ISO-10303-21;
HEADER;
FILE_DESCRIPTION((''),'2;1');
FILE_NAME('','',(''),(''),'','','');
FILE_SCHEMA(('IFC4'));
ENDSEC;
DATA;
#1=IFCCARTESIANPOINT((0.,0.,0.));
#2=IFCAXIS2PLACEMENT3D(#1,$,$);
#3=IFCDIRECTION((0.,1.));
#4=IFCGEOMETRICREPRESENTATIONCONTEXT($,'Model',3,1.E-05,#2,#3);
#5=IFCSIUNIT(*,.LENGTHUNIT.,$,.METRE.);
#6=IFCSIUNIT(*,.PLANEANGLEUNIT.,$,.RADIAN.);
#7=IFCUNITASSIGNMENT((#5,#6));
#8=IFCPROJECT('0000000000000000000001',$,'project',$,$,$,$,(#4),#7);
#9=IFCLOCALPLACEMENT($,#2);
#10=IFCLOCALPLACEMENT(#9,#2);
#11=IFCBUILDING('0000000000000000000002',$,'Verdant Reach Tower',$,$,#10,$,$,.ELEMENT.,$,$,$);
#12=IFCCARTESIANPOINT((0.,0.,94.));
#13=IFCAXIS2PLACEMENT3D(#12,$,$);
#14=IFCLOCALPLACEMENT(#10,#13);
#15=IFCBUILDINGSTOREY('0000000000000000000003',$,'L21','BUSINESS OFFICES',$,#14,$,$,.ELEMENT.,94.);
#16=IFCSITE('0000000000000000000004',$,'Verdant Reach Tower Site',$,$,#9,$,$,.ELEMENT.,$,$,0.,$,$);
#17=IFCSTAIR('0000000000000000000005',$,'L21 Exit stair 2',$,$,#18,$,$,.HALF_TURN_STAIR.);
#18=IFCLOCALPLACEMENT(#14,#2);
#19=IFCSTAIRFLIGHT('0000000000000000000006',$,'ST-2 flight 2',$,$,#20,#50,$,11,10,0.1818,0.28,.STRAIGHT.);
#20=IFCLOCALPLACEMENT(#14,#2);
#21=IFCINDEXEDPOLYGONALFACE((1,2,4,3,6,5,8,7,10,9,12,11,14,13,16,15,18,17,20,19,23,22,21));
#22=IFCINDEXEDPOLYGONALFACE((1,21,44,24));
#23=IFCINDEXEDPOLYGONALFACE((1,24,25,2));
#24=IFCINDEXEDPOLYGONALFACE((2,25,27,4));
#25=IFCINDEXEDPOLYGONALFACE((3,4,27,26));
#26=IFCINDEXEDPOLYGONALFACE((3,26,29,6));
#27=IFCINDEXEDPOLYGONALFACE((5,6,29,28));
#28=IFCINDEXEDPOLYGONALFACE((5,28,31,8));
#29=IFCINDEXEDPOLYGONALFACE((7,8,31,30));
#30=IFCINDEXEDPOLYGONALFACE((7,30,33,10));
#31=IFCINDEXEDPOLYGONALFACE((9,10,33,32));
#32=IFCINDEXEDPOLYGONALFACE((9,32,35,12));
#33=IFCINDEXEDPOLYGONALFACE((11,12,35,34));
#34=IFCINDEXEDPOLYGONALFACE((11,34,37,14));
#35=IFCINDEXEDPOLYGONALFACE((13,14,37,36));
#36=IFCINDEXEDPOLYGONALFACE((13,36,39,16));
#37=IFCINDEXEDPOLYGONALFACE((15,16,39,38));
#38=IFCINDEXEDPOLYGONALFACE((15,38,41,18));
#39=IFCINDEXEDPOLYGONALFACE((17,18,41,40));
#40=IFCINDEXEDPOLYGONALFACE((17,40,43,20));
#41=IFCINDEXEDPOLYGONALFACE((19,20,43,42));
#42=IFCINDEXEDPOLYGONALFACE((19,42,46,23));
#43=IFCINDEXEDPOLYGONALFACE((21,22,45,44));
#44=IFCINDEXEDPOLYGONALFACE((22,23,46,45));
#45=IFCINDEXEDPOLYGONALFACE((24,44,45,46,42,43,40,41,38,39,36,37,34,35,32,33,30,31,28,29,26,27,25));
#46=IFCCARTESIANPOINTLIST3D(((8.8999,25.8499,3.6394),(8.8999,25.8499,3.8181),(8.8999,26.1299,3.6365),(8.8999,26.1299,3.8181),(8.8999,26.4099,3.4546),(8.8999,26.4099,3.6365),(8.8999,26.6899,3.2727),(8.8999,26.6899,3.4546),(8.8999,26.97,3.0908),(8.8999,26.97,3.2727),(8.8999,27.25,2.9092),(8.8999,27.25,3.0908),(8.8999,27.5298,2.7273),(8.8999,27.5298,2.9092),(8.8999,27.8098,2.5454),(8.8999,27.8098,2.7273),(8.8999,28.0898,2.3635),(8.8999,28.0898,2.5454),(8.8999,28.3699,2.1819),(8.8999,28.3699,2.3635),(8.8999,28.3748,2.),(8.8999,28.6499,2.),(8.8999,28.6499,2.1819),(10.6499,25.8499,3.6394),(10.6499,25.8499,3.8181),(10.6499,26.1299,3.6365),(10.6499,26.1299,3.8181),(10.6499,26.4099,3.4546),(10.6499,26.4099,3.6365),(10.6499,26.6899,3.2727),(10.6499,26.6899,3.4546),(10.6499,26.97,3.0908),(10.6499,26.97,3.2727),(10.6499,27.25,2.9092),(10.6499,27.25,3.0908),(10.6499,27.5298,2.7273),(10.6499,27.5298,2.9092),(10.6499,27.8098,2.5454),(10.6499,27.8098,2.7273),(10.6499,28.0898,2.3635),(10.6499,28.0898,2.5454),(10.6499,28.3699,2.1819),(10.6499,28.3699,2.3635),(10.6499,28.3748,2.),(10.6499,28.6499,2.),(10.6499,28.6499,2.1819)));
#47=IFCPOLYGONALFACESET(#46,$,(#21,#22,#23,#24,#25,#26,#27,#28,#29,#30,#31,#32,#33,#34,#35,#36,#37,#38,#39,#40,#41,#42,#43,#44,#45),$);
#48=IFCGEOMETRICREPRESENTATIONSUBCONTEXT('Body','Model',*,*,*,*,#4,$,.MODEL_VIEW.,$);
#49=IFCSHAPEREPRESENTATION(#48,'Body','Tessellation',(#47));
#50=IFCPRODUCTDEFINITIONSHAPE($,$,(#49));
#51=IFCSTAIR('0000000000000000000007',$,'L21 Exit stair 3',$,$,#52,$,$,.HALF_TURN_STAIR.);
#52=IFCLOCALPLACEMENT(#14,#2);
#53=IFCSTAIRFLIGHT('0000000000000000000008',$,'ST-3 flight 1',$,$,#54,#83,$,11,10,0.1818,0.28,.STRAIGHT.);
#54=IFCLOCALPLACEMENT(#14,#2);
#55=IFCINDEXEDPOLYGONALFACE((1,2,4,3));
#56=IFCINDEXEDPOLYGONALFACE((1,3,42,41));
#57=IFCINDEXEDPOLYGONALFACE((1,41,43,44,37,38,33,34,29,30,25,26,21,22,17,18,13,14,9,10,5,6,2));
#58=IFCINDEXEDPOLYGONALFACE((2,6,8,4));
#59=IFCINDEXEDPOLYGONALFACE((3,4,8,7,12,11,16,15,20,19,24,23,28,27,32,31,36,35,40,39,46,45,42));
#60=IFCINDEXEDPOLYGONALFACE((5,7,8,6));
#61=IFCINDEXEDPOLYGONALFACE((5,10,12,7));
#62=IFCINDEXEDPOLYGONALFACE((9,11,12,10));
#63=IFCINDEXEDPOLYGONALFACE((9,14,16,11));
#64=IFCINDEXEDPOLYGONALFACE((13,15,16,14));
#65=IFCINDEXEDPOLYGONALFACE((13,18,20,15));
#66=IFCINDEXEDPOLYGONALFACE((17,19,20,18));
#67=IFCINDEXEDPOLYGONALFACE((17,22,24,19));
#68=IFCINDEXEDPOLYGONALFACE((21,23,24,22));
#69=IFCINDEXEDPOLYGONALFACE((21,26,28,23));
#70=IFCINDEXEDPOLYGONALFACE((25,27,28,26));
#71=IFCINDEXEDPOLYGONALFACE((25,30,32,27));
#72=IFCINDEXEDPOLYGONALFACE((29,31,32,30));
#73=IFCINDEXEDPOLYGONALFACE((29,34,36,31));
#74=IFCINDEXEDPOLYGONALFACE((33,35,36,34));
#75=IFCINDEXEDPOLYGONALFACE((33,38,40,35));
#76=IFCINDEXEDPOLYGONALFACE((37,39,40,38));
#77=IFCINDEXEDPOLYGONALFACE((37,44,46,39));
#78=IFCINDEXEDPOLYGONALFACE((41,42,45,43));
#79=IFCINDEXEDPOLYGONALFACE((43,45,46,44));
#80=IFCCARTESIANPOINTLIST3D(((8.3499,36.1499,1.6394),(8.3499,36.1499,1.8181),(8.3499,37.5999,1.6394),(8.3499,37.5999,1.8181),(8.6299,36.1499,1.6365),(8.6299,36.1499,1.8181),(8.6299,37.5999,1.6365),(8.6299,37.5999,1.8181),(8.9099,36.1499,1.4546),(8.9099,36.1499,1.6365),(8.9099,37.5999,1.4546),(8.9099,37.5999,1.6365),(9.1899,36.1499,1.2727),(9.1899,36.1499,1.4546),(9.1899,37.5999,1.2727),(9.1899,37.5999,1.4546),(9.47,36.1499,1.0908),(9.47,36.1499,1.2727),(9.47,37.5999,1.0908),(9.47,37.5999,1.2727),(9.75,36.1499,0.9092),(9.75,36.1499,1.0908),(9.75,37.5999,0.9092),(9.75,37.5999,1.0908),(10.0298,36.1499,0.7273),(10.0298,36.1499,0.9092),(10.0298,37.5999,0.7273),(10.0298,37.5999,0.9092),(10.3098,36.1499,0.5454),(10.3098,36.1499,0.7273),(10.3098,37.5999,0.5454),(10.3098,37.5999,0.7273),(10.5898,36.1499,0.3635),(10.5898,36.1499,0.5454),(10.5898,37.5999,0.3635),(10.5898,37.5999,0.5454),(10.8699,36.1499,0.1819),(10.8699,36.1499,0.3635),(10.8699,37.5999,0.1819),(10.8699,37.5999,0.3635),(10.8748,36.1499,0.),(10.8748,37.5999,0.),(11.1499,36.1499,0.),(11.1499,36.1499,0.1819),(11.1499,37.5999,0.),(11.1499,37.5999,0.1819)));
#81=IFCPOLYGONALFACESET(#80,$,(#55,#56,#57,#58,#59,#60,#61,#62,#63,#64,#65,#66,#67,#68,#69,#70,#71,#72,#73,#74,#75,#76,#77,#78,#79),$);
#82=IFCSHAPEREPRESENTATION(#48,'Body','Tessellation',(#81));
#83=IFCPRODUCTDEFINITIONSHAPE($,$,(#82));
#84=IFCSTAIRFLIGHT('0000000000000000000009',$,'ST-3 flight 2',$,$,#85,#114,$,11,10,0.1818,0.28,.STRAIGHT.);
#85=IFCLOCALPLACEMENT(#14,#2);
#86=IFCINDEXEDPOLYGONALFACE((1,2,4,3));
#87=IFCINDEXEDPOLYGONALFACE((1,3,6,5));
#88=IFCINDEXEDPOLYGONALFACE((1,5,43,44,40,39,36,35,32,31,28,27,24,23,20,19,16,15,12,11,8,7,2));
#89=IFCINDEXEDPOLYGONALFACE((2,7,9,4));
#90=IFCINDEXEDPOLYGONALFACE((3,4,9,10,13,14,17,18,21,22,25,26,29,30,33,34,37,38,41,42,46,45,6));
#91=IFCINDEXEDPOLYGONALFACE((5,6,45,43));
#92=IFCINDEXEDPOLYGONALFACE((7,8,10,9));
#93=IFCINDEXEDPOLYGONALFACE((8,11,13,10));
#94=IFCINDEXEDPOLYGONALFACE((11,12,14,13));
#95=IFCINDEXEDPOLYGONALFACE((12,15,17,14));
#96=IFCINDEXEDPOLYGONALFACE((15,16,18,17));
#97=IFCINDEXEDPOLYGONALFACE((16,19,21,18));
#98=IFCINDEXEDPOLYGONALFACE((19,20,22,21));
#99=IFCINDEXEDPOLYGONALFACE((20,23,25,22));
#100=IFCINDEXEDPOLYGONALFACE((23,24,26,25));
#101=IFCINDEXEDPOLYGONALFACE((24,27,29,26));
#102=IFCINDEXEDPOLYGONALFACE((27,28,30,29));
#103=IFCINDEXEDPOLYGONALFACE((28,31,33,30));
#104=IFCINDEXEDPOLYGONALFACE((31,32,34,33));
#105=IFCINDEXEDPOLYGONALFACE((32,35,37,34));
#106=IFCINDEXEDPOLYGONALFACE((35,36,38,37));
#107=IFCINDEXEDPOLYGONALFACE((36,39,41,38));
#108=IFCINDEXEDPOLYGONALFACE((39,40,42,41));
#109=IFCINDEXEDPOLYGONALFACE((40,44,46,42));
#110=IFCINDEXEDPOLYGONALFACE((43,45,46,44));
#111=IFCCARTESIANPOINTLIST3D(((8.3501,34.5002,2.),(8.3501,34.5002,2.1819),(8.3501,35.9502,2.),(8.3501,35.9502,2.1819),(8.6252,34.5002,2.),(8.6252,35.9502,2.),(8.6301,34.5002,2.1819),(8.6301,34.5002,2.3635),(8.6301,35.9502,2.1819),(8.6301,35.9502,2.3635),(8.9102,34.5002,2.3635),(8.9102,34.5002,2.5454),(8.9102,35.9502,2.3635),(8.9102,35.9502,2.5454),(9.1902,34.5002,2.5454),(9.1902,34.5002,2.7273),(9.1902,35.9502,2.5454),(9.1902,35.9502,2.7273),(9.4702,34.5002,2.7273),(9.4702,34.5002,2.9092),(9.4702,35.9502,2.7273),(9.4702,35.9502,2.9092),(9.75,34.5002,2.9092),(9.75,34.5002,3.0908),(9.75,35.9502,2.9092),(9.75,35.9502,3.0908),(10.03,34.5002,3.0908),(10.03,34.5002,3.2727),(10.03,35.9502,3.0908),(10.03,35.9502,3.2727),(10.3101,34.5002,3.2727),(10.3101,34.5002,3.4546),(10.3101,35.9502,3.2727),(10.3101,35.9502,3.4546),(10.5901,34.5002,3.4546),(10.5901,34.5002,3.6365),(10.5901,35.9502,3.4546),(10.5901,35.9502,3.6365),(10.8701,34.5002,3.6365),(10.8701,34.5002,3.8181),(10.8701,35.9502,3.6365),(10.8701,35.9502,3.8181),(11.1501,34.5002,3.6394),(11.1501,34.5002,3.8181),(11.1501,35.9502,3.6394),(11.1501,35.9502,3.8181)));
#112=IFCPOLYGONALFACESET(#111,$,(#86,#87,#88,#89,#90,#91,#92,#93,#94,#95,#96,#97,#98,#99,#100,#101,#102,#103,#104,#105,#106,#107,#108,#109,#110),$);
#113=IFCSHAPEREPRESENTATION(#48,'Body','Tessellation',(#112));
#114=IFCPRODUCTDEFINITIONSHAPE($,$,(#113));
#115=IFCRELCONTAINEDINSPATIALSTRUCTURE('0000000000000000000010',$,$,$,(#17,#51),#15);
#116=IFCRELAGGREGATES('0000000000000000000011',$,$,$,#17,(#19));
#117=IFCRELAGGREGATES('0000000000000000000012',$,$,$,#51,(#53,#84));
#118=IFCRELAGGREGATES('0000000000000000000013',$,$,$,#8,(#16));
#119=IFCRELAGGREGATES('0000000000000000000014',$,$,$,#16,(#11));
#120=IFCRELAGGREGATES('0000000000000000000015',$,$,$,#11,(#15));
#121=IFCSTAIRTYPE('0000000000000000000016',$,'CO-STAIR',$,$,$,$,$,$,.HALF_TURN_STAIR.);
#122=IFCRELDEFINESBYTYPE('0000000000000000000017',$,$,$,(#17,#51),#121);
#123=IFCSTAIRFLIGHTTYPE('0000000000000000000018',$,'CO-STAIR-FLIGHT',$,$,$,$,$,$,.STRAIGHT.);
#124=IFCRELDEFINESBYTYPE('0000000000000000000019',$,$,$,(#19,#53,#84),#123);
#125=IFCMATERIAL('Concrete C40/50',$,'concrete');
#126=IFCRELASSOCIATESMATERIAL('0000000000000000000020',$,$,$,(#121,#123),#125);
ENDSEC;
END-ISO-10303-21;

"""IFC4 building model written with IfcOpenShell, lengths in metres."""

from ifc_helpers import new_model, si_unit, direction, frame, origin, place, context, subcontext, project, spatial, polyline, outline, extrude, material, type_object, element, aggregate, save


model = new_model("IFC4")

# Units and contexts
model_context = context("Model", 3, precision=1e-05, world=origin(), true_north=direction((0.0, 1.0)))
body_context = subcontext(model_context, "Body", "Model", "MODEL_VIEW")
ifc_project = project(units=[si_unit("LENGTHUNIT", "METRE"), si_unit("PLANEANGLEUNIT", "RADIAN")], contexts=[model_context])

# Site, building, storey
site_placement = place(None, origin())
site = spatial("IfcSite", under=ifc_project, at=site_placement, Name="Verdant Reach Tower Site", CompositionType="ELEMENT", RefElevation=0.0)
building_placement = place(site_placement, origin())
building = spatial("IfcBuilding", under=site, at=building_placement, Name="Verdant Reach Tower", CompositionType="ELEMENT")
storey_placement = place(building_placement, frame((0.0, 0.0, 94.0)))
storey = spatial("IfcBuildingStorey", under=building, at=storey_placement, Name="L21", Description="BUSINESS OFFICES", CompositionType="ELEMENT", Elevation=94.0)

# Shared definitions
ifc_material_1 = material(Name="Concrete C40/50", Category="concrete")

# Stair, stair flight
stair_type = type_object("IfcStairType", Name="CO-STAIR", PredefinedType="HALF_TURN_STAIR", material=ifc_material_1)
stair_1_placement = place(storey_placement, origin())
stair_1 = element("IfcStair", 1, at=stair_1_placement, inside=storey, type_object=stair_type, Name="L21 Exit stair 2", PredefinedType="HALF_TURN_STAIR")
stair_flight_type = type_object("IfcStairFlightType", Name="CO-STAIR-FLIGHT", PredefinedType="STRAIGHT", material=ifc_material_1)
stair_flight_1_placement = place(storey_placement, frame((9.7749, 28.6499, 2.0), z_axis=(0.0, 0.0, 1.0), x_axis=(0.0, -1.0, 0.0)))
stair_flight_1 = element("IfcStairFlight", 2, at=stair_flight_1_placement, type_object=stair_flight_type, Name="ST-2 flight 2", NumberOfRisers=11, NumberOfTreads=10, PredefinedType="STRAIGHT", RiserHeight=0.1818, TreadLength=0.28, context=body_context, shape_type="SweptSolid", body=[
    extrude(outline(polyline([(0.0, 0.0), (0.0, 0.1819), (0.28, 0.1819), (0.28, 0.3635), (0.5601, 0.3635), (0.5601, 0.5454), (0.8401, 0.5454), (0.8401, 0.7273), (1.1201, 0.7273), (1.1201, 0.9092), (1.3999, 0.9092), (1.3999, 1.0908), (1.6799, 1.0908), (1.6799, 1.2727), (1.96, 1.2727), (1.96, 1.4546), (2.24, 1.4546), (2.24, 1.6365), (2.52, 1.6365), (2.52, 1.8181), (2.8, 1.8181), (2.8, 2.0), (2.8, 1.6394), (0.2751, 0.0), (0.0, 0.0)])), frame((0.0, 0.875, 0.0), z_axis=(0.0, -1.0, 0.0), x_axis=(1.0, 0.0, 0.0)), (0.0, 0.0, 1.0), 1.75),
])
aggregate(stair_1, [stair_flight_1])

# Stair, stair flights
stair_2_placement = place(storey_placement, origin())
stair_2 = element("IfcStair", 3, at=stair_2_placement, inside=storey, type_object=stair_type, Name="L21 Exit stair 3", PredefinedType="HALF_TURN_STAIR")
stair_flight_2_placement = place(storey_placement, frame((11.1499, 36.875, 0.0), z_axis=(0.0, 0.0, 1.0), x_axis=(-1.0, 0.0, 0.0)))
stair_flight_2 = element("IfcStairFlight", 4, at=stair_flight_2_placement, type_object=stair_flight_type, Name="ST-3 flight 1", NumberOfRisers=11, NumberOfTreads=10, PredefinedType="STRAIGHT", RiserHeight=0.1818, TreadLength=0.28, context=body_context, shape_type="SweptSolid", body=[
    extrude(outline(polyline([(0.0, 0.0), (0.0, 0.1819), (0.28, 0.1819), (0.28, 0.3635), (0.5601, 0.3635), (0.5601, 0.5454), (0.8401, 0.5454), (0.8401, 0.7273), (1.1201, 0.7273), (1.1201, 0.9092), (1.3999, 0.9092), (1.3999, 1.0908), (1.6799, 1.0908), (1.6799, 1.2727), (1.96, 1.2727), (1.96, 1.4546), (2.24, 1.4546), (2.24, 1.6365), (2.52, 1.6365), (2.52, 1.8181), (2.8, 1.8181), (2.8, 2.0), (2.8, 1.6394), (0.2751, 0.0), (0.0, 0.0)])), frame((0.0, 0.7251, 0.0), z_axis=(0.0, -1.0, 0.0), x_axis=(1.0, 0.0, 0.0)), (0.0, 0.0, 1.0), 1.45),
])
stair_flight_3_placement = place(storey_placement, frame((8.3501, 35.2251, 2.0), z_axis=(0.0, 0.0, 1.0), x_axis=(1.0, 0.0, 0.0)))
stair_flight_3 = element("IfcStairFlight", 5, at=stair_flight_3_placement, type_object=stair_flight_type, Name="ST-3 flight 2", NumberOfRisers=11, NumberOfTreads=10, PredefinedType="STRAIGHT", RiserHeight=0.1818, TreadLength=0.28, context=body_context, shape_type="SweptSolid", body=[
    extrude(outline(polyline([(0.0, 0.0), (0.0, 0.1819), (0.28, 0.1819), (0.28, 0.3635), (0.5601, 0.3635), (0.5601, 0.5454), (0.8401, 0.5454), (0.8401, 0.7273), (1.1201, 0.7273), (1.1201, 0.9092), (1.3999, 0.9092), (1.3999, 1.0908), (1.6799, 1.0908), (1.6799, 1.2727), (1.96, 1.2727), (1.96, 1.4546), (2.24, 1.4546), (2.24, 1.6365), (2.52, 1.6365), (2.52, 1.8181), (2.8, 1.8181), (2.8, 2.0), (2.8, 1.6394), (0.2751, 0.0), (0.0, 0.0)])), frame((0.0, 0.7251, 0.0), z_axis=(0.0, -1.0, 0.0), x_axis=(1.0, 0.0, 0.0)), (0.0, 0.0, 1.0), 1.45),
])
aggregate(stair_2, [stair_flight_2, stair_flight_3])

save(model, "model.ifc")
